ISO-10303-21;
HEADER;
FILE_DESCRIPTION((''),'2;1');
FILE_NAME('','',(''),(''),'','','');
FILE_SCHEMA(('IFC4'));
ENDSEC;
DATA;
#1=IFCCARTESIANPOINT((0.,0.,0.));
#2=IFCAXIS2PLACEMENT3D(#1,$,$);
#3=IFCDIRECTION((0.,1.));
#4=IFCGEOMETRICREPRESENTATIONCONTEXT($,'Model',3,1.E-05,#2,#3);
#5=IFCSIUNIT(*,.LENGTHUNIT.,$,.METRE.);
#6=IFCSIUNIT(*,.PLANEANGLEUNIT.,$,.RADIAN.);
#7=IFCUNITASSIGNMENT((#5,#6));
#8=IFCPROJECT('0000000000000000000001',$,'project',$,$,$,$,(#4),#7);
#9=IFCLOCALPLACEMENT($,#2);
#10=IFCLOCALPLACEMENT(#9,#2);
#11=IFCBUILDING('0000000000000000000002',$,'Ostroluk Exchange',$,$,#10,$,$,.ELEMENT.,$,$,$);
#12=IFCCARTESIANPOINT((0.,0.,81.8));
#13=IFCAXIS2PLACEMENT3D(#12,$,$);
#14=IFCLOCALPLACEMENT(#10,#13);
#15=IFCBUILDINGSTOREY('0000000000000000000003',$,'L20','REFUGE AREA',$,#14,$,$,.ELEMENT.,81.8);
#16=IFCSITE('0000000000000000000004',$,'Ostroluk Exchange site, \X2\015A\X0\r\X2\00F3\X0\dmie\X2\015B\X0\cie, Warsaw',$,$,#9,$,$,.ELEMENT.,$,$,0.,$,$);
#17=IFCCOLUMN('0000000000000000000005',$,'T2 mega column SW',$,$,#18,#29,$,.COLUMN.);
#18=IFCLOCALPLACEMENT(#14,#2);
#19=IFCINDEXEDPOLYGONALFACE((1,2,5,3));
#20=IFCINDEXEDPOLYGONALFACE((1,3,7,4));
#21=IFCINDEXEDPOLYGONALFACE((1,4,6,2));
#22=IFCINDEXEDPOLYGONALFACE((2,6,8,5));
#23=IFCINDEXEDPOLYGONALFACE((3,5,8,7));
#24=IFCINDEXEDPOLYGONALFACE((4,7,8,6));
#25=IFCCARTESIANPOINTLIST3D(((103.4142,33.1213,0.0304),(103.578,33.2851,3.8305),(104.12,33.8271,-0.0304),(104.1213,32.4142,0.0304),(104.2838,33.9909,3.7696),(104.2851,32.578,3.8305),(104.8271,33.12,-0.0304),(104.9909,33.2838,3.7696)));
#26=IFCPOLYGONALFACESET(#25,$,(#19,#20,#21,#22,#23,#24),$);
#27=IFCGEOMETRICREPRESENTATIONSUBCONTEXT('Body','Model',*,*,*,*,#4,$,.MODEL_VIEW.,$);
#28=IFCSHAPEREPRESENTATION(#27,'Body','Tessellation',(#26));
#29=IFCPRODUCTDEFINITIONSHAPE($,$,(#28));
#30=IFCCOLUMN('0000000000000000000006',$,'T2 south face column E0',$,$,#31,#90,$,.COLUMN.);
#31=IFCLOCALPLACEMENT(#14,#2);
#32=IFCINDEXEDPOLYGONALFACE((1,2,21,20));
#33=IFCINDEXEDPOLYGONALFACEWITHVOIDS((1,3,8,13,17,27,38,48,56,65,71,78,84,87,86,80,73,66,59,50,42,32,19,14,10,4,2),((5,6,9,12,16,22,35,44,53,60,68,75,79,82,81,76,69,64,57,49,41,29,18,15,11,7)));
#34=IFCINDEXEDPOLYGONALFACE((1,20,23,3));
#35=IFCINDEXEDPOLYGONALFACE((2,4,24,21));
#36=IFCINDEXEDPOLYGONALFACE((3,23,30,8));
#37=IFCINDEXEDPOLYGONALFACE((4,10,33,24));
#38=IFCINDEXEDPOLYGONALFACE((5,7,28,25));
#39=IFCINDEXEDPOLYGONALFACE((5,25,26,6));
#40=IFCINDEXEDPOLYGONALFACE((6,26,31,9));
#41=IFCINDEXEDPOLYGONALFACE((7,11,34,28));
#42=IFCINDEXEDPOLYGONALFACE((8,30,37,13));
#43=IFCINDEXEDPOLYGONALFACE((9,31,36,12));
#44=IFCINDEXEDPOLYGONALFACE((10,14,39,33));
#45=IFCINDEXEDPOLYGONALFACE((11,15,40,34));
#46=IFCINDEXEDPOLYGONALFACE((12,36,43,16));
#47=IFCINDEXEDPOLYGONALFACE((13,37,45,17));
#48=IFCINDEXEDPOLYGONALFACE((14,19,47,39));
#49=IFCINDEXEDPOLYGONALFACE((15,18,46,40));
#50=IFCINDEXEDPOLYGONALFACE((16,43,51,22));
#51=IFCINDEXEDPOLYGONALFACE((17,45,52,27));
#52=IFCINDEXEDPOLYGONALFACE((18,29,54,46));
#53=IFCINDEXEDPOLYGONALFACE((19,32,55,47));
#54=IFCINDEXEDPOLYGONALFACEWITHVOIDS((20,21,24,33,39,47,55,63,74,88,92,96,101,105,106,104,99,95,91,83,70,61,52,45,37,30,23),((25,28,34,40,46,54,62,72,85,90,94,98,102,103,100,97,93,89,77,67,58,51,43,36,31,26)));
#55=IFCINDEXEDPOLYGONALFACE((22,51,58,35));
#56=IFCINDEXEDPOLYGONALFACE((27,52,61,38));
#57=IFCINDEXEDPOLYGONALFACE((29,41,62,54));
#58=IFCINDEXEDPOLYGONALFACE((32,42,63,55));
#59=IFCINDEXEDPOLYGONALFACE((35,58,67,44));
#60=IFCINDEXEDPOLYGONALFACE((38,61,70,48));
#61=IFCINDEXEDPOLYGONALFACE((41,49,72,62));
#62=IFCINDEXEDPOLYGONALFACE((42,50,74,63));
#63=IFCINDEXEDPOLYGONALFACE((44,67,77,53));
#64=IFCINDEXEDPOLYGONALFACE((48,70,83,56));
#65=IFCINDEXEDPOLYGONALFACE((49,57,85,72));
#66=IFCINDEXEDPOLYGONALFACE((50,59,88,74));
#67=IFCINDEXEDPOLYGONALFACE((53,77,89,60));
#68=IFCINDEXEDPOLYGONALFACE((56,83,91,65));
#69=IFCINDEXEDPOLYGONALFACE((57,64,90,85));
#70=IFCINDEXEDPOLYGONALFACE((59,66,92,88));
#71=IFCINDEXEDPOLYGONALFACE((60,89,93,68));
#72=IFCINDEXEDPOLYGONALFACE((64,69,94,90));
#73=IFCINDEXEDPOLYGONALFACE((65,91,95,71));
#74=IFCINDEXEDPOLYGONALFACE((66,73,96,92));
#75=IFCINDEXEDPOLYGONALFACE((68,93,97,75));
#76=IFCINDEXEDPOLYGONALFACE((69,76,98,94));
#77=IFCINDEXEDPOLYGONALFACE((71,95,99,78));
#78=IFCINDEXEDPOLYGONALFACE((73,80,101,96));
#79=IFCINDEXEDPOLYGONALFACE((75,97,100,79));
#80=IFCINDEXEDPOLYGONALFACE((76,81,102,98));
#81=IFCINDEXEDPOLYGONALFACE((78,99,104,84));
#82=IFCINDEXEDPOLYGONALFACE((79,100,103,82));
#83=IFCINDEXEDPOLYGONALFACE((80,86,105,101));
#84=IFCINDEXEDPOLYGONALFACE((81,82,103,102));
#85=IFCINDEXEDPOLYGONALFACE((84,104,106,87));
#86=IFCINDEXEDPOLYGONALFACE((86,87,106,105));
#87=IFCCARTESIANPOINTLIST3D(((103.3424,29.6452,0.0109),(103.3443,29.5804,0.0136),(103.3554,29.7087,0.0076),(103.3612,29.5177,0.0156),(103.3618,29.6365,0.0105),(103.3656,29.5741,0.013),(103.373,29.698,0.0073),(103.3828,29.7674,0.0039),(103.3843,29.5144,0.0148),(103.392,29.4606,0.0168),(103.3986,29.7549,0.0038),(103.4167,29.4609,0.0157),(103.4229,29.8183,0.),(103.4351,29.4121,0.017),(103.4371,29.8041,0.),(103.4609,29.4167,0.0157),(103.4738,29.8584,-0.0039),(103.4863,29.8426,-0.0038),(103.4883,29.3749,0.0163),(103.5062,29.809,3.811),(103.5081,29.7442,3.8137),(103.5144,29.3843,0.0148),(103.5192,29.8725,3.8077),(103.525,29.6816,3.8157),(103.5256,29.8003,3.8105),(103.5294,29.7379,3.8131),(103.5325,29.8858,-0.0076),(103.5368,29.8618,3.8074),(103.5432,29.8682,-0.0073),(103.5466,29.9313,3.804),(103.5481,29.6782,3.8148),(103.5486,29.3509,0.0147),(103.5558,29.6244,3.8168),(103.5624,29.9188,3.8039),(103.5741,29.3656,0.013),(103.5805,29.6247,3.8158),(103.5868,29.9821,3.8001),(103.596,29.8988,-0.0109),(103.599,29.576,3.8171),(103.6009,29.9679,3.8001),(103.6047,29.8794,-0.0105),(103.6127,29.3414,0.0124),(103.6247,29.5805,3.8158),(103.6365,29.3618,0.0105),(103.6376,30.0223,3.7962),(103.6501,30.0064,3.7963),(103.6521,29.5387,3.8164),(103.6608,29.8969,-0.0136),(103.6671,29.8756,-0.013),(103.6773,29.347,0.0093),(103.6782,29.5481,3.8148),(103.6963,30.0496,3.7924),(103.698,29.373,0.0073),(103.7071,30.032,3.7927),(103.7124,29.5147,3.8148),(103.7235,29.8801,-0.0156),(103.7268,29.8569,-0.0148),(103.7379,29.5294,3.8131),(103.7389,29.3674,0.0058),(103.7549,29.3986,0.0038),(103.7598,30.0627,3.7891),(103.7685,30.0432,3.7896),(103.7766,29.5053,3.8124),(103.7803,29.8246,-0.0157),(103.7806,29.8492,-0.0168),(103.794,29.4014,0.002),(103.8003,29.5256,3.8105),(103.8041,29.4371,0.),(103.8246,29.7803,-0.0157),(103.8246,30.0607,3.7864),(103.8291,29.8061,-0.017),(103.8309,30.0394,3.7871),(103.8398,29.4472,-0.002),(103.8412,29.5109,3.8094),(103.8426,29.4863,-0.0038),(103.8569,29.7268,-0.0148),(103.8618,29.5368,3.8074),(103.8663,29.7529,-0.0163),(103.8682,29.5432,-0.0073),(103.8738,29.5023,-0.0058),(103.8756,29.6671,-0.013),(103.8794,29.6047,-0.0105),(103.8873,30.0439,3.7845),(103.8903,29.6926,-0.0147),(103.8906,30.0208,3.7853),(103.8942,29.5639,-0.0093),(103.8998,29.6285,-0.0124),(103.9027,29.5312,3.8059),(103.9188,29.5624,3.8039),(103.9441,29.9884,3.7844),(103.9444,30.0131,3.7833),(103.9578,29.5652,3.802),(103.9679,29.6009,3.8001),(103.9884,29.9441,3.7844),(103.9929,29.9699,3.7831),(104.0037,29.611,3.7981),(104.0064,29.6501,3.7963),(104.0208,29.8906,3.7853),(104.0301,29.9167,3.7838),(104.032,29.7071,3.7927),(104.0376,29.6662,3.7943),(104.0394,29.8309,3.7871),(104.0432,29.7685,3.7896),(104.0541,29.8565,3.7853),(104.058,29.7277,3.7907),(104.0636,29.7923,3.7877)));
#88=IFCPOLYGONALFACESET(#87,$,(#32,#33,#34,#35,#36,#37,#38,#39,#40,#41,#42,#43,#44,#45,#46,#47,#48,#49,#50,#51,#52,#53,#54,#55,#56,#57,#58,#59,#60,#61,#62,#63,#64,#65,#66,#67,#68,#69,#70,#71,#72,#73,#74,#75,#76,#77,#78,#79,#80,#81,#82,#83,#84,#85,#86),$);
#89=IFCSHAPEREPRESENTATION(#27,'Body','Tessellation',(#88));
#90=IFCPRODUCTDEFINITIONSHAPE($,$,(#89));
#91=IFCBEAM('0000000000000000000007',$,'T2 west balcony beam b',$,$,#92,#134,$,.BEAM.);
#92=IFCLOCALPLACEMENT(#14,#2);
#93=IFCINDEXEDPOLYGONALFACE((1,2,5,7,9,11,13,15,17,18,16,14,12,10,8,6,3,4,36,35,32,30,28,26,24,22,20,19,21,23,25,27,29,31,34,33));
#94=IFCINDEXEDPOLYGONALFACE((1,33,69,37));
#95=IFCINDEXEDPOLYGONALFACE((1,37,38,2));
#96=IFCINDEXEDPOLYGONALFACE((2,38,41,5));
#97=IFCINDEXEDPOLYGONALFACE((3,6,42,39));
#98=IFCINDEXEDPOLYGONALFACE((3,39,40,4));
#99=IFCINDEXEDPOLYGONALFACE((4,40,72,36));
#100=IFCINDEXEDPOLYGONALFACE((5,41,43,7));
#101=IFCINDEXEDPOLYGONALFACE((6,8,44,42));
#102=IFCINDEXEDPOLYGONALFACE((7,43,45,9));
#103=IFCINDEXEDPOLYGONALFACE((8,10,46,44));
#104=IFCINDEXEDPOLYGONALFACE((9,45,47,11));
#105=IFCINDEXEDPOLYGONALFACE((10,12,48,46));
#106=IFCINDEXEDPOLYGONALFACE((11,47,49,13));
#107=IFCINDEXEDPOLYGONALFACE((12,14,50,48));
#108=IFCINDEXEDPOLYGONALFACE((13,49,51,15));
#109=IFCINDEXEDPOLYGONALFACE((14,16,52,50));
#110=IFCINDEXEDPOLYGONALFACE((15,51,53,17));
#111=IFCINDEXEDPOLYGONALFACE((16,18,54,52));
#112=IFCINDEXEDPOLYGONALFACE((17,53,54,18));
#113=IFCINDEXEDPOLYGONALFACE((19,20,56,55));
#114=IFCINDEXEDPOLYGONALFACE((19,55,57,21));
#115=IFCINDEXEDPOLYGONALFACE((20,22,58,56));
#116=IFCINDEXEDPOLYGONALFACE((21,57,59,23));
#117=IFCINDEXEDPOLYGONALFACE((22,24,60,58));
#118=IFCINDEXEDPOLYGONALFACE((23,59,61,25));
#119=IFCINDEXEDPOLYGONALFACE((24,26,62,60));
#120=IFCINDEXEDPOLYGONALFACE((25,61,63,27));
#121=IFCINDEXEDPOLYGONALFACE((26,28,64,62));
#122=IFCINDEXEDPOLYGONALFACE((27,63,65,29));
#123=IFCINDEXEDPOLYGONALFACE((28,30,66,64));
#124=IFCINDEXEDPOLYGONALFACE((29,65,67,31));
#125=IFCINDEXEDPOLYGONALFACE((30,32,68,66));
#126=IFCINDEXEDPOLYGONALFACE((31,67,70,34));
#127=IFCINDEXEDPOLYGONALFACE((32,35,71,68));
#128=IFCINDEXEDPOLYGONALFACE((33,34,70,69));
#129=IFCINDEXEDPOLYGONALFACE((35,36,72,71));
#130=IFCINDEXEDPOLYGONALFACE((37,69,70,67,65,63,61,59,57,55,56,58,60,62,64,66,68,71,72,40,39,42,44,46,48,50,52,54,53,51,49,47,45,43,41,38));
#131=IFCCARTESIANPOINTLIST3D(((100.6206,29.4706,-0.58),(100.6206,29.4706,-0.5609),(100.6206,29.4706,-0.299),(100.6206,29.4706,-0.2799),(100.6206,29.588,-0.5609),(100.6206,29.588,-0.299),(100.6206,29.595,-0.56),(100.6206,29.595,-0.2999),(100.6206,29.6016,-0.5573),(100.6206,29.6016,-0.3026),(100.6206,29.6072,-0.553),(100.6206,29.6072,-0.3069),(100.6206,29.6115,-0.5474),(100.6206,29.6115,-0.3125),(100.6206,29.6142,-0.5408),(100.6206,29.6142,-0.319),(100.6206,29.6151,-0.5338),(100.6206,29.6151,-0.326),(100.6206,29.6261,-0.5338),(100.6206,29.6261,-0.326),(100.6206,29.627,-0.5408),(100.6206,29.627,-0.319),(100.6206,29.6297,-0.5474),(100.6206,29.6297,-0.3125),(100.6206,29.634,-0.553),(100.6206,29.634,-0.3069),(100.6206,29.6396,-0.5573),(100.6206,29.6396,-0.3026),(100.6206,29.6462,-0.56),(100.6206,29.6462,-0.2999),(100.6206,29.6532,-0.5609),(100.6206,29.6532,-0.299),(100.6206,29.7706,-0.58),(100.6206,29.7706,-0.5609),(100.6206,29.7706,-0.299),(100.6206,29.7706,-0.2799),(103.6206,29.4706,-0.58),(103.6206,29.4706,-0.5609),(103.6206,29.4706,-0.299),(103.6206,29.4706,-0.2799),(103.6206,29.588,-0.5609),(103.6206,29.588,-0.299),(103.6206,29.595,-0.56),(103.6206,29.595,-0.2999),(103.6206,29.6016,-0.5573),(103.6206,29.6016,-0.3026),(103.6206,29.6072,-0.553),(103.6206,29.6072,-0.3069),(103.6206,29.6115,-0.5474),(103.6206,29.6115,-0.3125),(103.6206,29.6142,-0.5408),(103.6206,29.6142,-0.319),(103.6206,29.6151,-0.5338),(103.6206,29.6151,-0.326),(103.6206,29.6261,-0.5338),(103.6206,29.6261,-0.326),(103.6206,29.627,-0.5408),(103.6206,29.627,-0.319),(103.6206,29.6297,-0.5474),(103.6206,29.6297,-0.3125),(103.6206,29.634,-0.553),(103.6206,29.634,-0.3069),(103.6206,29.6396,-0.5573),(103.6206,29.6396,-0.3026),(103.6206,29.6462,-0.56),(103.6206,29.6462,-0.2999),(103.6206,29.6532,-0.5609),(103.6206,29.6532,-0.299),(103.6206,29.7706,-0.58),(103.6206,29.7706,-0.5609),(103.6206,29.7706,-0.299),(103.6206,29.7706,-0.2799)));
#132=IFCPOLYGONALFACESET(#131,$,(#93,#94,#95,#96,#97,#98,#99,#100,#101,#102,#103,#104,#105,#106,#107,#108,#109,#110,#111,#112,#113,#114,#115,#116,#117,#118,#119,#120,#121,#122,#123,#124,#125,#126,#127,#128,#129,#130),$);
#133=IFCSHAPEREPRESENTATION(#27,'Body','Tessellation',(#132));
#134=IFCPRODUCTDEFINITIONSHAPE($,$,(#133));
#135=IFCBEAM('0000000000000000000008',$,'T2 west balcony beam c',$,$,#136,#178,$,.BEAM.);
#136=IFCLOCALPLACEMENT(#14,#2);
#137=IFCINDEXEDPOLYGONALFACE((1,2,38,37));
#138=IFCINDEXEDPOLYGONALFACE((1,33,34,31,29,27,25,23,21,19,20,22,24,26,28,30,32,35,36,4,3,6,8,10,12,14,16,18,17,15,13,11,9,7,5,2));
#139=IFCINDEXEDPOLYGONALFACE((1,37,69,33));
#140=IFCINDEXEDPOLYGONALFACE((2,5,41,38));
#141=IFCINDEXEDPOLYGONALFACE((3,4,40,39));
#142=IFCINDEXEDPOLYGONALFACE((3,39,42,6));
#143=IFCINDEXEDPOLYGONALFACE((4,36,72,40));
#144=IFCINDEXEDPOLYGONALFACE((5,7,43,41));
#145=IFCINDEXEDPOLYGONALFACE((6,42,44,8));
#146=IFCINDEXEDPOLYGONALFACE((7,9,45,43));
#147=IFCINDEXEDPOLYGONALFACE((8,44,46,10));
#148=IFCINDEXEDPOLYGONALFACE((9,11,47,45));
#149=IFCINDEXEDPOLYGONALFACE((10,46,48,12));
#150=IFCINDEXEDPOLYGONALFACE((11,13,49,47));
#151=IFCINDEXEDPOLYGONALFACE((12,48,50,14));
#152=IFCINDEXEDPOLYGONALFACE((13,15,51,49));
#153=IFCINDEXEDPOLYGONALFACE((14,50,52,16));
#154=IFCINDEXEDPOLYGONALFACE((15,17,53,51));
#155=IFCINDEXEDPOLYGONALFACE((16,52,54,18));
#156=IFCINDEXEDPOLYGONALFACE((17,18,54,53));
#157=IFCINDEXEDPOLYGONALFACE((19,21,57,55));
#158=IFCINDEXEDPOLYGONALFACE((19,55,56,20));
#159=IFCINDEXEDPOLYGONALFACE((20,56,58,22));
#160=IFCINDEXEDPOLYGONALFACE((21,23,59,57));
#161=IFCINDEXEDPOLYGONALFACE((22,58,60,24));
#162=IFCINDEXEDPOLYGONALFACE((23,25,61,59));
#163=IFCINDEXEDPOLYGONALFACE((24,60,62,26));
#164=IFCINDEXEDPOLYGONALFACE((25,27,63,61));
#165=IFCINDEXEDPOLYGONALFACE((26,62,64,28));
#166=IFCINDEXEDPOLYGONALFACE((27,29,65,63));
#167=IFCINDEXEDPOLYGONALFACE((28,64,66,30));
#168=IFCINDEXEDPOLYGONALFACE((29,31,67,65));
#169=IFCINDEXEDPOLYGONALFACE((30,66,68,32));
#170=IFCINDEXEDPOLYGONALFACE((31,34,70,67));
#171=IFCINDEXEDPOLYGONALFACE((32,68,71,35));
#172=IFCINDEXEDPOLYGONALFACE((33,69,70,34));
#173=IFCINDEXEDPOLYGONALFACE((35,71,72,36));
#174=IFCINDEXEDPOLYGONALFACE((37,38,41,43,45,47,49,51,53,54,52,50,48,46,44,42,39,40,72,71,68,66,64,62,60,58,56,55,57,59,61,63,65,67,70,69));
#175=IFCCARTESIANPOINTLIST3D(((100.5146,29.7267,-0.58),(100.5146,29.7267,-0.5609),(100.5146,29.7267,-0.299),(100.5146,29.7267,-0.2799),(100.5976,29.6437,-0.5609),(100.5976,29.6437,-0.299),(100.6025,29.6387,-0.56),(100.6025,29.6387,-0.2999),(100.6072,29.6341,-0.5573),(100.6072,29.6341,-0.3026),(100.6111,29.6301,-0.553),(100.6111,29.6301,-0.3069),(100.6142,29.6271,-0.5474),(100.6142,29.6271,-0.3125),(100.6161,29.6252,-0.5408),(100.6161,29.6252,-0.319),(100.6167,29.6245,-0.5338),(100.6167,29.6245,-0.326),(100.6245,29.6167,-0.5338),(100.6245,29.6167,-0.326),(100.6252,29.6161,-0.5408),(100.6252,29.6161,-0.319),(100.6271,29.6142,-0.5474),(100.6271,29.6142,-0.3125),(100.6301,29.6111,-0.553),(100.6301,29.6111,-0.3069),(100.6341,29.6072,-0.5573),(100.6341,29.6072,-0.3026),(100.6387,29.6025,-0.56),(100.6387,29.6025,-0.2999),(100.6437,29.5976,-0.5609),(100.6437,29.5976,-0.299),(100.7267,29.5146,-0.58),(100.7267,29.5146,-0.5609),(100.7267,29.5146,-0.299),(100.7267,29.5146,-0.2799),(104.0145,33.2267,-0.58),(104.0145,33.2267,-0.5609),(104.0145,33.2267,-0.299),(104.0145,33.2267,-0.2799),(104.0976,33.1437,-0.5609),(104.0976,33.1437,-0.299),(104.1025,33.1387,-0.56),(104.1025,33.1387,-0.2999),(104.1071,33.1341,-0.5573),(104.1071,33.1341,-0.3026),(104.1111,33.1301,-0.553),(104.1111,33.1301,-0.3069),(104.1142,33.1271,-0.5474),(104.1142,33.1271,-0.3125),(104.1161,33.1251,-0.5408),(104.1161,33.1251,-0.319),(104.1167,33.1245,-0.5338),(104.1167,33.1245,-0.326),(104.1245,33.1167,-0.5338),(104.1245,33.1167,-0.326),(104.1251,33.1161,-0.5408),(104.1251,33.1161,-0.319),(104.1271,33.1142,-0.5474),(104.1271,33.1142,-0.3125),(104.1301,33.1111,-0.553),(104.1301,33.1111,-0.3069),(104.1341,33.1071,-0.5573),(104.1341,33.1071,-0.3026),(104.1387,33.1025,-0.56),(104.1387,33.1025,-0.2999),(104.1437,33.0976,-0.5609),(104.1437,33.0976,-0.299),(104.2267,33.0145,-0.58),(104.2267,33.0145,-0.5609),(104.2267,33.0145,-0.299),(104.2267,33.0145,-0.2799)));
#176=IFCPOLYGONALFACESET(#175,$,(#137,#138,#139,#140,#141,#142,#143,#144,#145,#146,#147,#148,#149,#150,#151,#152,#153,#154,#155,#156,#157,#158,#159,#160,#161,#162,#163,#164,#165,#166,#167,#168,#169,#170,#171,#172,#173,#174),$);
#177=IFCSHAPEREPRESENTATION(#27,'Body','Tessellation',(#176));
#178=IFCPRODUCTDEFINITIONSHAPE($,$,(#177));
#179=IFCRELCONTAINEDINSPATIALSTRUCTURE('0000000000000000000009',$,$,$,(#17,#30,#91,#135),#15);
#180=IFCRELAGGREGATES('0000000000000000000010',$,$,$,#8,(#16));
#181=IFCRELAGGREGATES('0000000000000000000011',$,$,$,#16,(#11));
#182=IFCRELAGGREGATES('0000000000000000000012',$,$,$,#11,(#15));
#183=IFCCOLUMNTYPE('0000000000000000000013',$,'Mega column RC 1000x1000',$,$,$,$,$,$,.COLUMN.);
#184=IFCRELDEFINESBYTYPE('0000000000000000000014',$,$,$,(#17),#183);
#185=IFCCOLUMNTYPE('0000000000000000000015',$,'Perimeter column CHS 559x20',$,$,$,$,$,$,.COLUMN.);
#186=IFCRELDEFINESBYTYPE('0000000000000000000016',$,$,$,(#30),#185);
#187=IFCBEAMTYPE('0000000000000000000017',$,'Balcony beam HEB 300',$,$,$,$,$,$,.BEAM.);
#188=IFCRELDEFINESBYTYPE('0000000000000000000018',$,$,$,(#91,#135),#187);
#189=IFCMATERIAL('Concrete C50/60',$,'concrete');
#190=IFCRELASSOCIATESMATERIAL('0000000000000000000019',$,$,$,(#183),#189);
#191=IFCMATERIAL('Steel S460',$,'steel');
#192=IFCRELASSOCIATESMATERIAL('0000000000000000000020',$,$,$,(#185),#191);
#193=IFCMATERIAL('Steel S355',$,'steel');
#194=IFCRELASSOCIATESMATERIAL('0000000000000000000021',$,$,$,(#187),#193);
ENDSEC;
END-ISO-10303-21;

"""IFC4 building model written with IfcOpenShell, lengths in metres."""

from ifc_helpers import new_model, si_unit, direction, frame, origin, origin_2d, place, context, subcontext, project, spatial, rectangle, hollow_circle, i_section, extrude, material, material_profile, profile_set, type_object, element, save


model = new_model("IFC4")

# Units and contexts
model_context = context("Model", 3, precision=1e-05, world=origin(), true_north=direction((0.0, 1.0)))
body_context = subcontext(model_context, "Body", "Model", "MODEL_VIEW")
ifc_project = project(units=[si_unit("LENGTHUNIT", "METRE"), si_unit("PLANEANGLEUNIT", "RADIAN")], contexts=[model_context])

# Site, building, storey
site_placement = place(None, origin())
site = spatial("IfcSite", under=ifc_project, at=site_placement, Name="Ostroluk Exchange site, Śródmieście, Warsaw", CompositionType="ELEMENT", RefElevation=0.0)
building_placement = place(site_placement, origin())
building = spatial("IfcBuilding", under=site, at=building_placement, Name="Ostroluk Exchange", CompositionType="ELEMENT")
storey_placement = place(building_placement, frame((0.0, 0.0, 81.8)))
storey = spatial("IfcBuildingStorey", under=building, at=storey_placement, Name="L20", Description="REFUGE AREA", CompositionType="ELEMENT", Elevation=81.8)

# Columns
ifc_material_1 = material(Name="Concrete C50/60", Category="concrete")
ifc_material_profile_1 = material_profile(ifc_material_1, rectangle(XDim=1.0, YDim=1.0, at=origin_2d()), Name="RC 1000x1000")
ifc_profile_set_1 = profile_set([ifc_material_profile_1], Name="Concrete C50/60")
column_type_1 = type_object("IfcColumnType", Name="Mega column RC 1000x1000", PredefinedType="COLUMN", material=ifc_profile_set_1)
column_1_placement = place(storey_placement, frame((104.1206, 33.1206, 0.0), z_axis=(0.04303, 0.04303, 0.998147), x_axis=(-0.707107, 0.707107, 0.0)))
element("IfcColumn", 1, at=column_1_placement, inside=storey, type_object=column_type_1, Name="T2 mega column SW", PredefinedType="COLUMN", context=body_context, shape_type="SweptSolid", body=[
    extrude(rectangle(XDim=1.0, YDim=1.0, at=origin_2d()), origin(), (0.0, 0.0, 1.0), 3.8071),
])
ifc_material_2 = material(Name="Steel S460", Category="steel")
ifc_material_profile_2 = material_profile(ifc_material_2, hollow_circle(Radius=0.2795, WallThickness=0.02, at=origin_2d()), Name="CHS 559x20")
ifc_profile_set_2 = profile_set([ifc_material_profile_2], Name="Steel S460")
column_type_2 = type_object("IfcColumnType", Name="Perimeter column CHS 559x20", PredefinedType="COLUMN", material=ifc_profile_set_2)
column_2_placement = place(storey_placement, frame((103.6206, 29.6206, 0.0), z_axis=(0.04303, 0.04303, 0.998147), x_axis=(-0.707107, 0.707107, 0.0)))
element("IfcColumn", 2, at=column_2_placement, inside=storey, type_object=column_type_2, Name="T2 south face column E0", PredefinedType="COLUMN", context=body_context, shape_type="SweptSolid", body=[
    extrude(hollow_circle(Radius=0.2795, WallThickness=0.02, at=origin_2d()), origin(), (0.0, 0.0, 1.0), 3.8071),
])

# Beams
ifc_material_3 = material(Name="Steel S355", Category="steel")
ifc_material_profile_3 = material_profile(ifc_material_3, i_section(OverallWidth=0.3, OverallDepth=0.3, WebThickness=0.011, FlangeThickness=0.019, FilletRadius=0.0271, at=origin_2d()), Name="HEB 300")
ifc_profile_set_3 = profile_set([ifc_material_profile_3], Name="Steel S355")
beam_type_1 = type_object("IfcBeamType", Name="Balcony beam HEB 300", PredefinedType="BEAM", material=ifc_profile_set_3)
beam_1_placement = place(storey_placement, frame((103.6206, 29.6206, -0.4299), z_axis=(-1.0, 0.0, 0.0), x_axis=(0.0, -1.0, 0.0)))
element("IfcBeam", 3, at=beam_1_placement, inside=storey, type_object=beam_type_1, Name="T2 west balcony beam b", PredefinedType="BEAM", context=body_context, shape_type="SweptSolid", body=[
    extrude(i_section(OverallWidth=0.3, OverallDepth=0.3, WebThickness=0.011, FlangeThickness=0.019, FilletRadius=0.0271, at=origin_2d()), origin(), (0.0, 0.0, 1.0), 3.0),
])
beam_2_placement = place(storey_placement, frame((104.1206, 33.1206, -0.4299), z_axis=(-0.707107, -0.707107, 0.0), x_axis=(0.707107, -0.707107, 0.0)))
element("IfcBeam", 4, at=beam_2_placement, inside=storey, type_object=beam_type_1, Name="T2 west balcony beam c", PredefinedType="BEAM", context=body_context, shape_type="SweptSolid", body=[
    extrude(i_section(OverallWidth=0.3, OverallDepth=0.3, WebThickness=0.011, FlangeThickness=0.019, FilletRadius=0.0271, at=origin_2d()), origin(), (0.0, 0.0, 1.0), 4.9497),
])

save(model, "model.ifc")
